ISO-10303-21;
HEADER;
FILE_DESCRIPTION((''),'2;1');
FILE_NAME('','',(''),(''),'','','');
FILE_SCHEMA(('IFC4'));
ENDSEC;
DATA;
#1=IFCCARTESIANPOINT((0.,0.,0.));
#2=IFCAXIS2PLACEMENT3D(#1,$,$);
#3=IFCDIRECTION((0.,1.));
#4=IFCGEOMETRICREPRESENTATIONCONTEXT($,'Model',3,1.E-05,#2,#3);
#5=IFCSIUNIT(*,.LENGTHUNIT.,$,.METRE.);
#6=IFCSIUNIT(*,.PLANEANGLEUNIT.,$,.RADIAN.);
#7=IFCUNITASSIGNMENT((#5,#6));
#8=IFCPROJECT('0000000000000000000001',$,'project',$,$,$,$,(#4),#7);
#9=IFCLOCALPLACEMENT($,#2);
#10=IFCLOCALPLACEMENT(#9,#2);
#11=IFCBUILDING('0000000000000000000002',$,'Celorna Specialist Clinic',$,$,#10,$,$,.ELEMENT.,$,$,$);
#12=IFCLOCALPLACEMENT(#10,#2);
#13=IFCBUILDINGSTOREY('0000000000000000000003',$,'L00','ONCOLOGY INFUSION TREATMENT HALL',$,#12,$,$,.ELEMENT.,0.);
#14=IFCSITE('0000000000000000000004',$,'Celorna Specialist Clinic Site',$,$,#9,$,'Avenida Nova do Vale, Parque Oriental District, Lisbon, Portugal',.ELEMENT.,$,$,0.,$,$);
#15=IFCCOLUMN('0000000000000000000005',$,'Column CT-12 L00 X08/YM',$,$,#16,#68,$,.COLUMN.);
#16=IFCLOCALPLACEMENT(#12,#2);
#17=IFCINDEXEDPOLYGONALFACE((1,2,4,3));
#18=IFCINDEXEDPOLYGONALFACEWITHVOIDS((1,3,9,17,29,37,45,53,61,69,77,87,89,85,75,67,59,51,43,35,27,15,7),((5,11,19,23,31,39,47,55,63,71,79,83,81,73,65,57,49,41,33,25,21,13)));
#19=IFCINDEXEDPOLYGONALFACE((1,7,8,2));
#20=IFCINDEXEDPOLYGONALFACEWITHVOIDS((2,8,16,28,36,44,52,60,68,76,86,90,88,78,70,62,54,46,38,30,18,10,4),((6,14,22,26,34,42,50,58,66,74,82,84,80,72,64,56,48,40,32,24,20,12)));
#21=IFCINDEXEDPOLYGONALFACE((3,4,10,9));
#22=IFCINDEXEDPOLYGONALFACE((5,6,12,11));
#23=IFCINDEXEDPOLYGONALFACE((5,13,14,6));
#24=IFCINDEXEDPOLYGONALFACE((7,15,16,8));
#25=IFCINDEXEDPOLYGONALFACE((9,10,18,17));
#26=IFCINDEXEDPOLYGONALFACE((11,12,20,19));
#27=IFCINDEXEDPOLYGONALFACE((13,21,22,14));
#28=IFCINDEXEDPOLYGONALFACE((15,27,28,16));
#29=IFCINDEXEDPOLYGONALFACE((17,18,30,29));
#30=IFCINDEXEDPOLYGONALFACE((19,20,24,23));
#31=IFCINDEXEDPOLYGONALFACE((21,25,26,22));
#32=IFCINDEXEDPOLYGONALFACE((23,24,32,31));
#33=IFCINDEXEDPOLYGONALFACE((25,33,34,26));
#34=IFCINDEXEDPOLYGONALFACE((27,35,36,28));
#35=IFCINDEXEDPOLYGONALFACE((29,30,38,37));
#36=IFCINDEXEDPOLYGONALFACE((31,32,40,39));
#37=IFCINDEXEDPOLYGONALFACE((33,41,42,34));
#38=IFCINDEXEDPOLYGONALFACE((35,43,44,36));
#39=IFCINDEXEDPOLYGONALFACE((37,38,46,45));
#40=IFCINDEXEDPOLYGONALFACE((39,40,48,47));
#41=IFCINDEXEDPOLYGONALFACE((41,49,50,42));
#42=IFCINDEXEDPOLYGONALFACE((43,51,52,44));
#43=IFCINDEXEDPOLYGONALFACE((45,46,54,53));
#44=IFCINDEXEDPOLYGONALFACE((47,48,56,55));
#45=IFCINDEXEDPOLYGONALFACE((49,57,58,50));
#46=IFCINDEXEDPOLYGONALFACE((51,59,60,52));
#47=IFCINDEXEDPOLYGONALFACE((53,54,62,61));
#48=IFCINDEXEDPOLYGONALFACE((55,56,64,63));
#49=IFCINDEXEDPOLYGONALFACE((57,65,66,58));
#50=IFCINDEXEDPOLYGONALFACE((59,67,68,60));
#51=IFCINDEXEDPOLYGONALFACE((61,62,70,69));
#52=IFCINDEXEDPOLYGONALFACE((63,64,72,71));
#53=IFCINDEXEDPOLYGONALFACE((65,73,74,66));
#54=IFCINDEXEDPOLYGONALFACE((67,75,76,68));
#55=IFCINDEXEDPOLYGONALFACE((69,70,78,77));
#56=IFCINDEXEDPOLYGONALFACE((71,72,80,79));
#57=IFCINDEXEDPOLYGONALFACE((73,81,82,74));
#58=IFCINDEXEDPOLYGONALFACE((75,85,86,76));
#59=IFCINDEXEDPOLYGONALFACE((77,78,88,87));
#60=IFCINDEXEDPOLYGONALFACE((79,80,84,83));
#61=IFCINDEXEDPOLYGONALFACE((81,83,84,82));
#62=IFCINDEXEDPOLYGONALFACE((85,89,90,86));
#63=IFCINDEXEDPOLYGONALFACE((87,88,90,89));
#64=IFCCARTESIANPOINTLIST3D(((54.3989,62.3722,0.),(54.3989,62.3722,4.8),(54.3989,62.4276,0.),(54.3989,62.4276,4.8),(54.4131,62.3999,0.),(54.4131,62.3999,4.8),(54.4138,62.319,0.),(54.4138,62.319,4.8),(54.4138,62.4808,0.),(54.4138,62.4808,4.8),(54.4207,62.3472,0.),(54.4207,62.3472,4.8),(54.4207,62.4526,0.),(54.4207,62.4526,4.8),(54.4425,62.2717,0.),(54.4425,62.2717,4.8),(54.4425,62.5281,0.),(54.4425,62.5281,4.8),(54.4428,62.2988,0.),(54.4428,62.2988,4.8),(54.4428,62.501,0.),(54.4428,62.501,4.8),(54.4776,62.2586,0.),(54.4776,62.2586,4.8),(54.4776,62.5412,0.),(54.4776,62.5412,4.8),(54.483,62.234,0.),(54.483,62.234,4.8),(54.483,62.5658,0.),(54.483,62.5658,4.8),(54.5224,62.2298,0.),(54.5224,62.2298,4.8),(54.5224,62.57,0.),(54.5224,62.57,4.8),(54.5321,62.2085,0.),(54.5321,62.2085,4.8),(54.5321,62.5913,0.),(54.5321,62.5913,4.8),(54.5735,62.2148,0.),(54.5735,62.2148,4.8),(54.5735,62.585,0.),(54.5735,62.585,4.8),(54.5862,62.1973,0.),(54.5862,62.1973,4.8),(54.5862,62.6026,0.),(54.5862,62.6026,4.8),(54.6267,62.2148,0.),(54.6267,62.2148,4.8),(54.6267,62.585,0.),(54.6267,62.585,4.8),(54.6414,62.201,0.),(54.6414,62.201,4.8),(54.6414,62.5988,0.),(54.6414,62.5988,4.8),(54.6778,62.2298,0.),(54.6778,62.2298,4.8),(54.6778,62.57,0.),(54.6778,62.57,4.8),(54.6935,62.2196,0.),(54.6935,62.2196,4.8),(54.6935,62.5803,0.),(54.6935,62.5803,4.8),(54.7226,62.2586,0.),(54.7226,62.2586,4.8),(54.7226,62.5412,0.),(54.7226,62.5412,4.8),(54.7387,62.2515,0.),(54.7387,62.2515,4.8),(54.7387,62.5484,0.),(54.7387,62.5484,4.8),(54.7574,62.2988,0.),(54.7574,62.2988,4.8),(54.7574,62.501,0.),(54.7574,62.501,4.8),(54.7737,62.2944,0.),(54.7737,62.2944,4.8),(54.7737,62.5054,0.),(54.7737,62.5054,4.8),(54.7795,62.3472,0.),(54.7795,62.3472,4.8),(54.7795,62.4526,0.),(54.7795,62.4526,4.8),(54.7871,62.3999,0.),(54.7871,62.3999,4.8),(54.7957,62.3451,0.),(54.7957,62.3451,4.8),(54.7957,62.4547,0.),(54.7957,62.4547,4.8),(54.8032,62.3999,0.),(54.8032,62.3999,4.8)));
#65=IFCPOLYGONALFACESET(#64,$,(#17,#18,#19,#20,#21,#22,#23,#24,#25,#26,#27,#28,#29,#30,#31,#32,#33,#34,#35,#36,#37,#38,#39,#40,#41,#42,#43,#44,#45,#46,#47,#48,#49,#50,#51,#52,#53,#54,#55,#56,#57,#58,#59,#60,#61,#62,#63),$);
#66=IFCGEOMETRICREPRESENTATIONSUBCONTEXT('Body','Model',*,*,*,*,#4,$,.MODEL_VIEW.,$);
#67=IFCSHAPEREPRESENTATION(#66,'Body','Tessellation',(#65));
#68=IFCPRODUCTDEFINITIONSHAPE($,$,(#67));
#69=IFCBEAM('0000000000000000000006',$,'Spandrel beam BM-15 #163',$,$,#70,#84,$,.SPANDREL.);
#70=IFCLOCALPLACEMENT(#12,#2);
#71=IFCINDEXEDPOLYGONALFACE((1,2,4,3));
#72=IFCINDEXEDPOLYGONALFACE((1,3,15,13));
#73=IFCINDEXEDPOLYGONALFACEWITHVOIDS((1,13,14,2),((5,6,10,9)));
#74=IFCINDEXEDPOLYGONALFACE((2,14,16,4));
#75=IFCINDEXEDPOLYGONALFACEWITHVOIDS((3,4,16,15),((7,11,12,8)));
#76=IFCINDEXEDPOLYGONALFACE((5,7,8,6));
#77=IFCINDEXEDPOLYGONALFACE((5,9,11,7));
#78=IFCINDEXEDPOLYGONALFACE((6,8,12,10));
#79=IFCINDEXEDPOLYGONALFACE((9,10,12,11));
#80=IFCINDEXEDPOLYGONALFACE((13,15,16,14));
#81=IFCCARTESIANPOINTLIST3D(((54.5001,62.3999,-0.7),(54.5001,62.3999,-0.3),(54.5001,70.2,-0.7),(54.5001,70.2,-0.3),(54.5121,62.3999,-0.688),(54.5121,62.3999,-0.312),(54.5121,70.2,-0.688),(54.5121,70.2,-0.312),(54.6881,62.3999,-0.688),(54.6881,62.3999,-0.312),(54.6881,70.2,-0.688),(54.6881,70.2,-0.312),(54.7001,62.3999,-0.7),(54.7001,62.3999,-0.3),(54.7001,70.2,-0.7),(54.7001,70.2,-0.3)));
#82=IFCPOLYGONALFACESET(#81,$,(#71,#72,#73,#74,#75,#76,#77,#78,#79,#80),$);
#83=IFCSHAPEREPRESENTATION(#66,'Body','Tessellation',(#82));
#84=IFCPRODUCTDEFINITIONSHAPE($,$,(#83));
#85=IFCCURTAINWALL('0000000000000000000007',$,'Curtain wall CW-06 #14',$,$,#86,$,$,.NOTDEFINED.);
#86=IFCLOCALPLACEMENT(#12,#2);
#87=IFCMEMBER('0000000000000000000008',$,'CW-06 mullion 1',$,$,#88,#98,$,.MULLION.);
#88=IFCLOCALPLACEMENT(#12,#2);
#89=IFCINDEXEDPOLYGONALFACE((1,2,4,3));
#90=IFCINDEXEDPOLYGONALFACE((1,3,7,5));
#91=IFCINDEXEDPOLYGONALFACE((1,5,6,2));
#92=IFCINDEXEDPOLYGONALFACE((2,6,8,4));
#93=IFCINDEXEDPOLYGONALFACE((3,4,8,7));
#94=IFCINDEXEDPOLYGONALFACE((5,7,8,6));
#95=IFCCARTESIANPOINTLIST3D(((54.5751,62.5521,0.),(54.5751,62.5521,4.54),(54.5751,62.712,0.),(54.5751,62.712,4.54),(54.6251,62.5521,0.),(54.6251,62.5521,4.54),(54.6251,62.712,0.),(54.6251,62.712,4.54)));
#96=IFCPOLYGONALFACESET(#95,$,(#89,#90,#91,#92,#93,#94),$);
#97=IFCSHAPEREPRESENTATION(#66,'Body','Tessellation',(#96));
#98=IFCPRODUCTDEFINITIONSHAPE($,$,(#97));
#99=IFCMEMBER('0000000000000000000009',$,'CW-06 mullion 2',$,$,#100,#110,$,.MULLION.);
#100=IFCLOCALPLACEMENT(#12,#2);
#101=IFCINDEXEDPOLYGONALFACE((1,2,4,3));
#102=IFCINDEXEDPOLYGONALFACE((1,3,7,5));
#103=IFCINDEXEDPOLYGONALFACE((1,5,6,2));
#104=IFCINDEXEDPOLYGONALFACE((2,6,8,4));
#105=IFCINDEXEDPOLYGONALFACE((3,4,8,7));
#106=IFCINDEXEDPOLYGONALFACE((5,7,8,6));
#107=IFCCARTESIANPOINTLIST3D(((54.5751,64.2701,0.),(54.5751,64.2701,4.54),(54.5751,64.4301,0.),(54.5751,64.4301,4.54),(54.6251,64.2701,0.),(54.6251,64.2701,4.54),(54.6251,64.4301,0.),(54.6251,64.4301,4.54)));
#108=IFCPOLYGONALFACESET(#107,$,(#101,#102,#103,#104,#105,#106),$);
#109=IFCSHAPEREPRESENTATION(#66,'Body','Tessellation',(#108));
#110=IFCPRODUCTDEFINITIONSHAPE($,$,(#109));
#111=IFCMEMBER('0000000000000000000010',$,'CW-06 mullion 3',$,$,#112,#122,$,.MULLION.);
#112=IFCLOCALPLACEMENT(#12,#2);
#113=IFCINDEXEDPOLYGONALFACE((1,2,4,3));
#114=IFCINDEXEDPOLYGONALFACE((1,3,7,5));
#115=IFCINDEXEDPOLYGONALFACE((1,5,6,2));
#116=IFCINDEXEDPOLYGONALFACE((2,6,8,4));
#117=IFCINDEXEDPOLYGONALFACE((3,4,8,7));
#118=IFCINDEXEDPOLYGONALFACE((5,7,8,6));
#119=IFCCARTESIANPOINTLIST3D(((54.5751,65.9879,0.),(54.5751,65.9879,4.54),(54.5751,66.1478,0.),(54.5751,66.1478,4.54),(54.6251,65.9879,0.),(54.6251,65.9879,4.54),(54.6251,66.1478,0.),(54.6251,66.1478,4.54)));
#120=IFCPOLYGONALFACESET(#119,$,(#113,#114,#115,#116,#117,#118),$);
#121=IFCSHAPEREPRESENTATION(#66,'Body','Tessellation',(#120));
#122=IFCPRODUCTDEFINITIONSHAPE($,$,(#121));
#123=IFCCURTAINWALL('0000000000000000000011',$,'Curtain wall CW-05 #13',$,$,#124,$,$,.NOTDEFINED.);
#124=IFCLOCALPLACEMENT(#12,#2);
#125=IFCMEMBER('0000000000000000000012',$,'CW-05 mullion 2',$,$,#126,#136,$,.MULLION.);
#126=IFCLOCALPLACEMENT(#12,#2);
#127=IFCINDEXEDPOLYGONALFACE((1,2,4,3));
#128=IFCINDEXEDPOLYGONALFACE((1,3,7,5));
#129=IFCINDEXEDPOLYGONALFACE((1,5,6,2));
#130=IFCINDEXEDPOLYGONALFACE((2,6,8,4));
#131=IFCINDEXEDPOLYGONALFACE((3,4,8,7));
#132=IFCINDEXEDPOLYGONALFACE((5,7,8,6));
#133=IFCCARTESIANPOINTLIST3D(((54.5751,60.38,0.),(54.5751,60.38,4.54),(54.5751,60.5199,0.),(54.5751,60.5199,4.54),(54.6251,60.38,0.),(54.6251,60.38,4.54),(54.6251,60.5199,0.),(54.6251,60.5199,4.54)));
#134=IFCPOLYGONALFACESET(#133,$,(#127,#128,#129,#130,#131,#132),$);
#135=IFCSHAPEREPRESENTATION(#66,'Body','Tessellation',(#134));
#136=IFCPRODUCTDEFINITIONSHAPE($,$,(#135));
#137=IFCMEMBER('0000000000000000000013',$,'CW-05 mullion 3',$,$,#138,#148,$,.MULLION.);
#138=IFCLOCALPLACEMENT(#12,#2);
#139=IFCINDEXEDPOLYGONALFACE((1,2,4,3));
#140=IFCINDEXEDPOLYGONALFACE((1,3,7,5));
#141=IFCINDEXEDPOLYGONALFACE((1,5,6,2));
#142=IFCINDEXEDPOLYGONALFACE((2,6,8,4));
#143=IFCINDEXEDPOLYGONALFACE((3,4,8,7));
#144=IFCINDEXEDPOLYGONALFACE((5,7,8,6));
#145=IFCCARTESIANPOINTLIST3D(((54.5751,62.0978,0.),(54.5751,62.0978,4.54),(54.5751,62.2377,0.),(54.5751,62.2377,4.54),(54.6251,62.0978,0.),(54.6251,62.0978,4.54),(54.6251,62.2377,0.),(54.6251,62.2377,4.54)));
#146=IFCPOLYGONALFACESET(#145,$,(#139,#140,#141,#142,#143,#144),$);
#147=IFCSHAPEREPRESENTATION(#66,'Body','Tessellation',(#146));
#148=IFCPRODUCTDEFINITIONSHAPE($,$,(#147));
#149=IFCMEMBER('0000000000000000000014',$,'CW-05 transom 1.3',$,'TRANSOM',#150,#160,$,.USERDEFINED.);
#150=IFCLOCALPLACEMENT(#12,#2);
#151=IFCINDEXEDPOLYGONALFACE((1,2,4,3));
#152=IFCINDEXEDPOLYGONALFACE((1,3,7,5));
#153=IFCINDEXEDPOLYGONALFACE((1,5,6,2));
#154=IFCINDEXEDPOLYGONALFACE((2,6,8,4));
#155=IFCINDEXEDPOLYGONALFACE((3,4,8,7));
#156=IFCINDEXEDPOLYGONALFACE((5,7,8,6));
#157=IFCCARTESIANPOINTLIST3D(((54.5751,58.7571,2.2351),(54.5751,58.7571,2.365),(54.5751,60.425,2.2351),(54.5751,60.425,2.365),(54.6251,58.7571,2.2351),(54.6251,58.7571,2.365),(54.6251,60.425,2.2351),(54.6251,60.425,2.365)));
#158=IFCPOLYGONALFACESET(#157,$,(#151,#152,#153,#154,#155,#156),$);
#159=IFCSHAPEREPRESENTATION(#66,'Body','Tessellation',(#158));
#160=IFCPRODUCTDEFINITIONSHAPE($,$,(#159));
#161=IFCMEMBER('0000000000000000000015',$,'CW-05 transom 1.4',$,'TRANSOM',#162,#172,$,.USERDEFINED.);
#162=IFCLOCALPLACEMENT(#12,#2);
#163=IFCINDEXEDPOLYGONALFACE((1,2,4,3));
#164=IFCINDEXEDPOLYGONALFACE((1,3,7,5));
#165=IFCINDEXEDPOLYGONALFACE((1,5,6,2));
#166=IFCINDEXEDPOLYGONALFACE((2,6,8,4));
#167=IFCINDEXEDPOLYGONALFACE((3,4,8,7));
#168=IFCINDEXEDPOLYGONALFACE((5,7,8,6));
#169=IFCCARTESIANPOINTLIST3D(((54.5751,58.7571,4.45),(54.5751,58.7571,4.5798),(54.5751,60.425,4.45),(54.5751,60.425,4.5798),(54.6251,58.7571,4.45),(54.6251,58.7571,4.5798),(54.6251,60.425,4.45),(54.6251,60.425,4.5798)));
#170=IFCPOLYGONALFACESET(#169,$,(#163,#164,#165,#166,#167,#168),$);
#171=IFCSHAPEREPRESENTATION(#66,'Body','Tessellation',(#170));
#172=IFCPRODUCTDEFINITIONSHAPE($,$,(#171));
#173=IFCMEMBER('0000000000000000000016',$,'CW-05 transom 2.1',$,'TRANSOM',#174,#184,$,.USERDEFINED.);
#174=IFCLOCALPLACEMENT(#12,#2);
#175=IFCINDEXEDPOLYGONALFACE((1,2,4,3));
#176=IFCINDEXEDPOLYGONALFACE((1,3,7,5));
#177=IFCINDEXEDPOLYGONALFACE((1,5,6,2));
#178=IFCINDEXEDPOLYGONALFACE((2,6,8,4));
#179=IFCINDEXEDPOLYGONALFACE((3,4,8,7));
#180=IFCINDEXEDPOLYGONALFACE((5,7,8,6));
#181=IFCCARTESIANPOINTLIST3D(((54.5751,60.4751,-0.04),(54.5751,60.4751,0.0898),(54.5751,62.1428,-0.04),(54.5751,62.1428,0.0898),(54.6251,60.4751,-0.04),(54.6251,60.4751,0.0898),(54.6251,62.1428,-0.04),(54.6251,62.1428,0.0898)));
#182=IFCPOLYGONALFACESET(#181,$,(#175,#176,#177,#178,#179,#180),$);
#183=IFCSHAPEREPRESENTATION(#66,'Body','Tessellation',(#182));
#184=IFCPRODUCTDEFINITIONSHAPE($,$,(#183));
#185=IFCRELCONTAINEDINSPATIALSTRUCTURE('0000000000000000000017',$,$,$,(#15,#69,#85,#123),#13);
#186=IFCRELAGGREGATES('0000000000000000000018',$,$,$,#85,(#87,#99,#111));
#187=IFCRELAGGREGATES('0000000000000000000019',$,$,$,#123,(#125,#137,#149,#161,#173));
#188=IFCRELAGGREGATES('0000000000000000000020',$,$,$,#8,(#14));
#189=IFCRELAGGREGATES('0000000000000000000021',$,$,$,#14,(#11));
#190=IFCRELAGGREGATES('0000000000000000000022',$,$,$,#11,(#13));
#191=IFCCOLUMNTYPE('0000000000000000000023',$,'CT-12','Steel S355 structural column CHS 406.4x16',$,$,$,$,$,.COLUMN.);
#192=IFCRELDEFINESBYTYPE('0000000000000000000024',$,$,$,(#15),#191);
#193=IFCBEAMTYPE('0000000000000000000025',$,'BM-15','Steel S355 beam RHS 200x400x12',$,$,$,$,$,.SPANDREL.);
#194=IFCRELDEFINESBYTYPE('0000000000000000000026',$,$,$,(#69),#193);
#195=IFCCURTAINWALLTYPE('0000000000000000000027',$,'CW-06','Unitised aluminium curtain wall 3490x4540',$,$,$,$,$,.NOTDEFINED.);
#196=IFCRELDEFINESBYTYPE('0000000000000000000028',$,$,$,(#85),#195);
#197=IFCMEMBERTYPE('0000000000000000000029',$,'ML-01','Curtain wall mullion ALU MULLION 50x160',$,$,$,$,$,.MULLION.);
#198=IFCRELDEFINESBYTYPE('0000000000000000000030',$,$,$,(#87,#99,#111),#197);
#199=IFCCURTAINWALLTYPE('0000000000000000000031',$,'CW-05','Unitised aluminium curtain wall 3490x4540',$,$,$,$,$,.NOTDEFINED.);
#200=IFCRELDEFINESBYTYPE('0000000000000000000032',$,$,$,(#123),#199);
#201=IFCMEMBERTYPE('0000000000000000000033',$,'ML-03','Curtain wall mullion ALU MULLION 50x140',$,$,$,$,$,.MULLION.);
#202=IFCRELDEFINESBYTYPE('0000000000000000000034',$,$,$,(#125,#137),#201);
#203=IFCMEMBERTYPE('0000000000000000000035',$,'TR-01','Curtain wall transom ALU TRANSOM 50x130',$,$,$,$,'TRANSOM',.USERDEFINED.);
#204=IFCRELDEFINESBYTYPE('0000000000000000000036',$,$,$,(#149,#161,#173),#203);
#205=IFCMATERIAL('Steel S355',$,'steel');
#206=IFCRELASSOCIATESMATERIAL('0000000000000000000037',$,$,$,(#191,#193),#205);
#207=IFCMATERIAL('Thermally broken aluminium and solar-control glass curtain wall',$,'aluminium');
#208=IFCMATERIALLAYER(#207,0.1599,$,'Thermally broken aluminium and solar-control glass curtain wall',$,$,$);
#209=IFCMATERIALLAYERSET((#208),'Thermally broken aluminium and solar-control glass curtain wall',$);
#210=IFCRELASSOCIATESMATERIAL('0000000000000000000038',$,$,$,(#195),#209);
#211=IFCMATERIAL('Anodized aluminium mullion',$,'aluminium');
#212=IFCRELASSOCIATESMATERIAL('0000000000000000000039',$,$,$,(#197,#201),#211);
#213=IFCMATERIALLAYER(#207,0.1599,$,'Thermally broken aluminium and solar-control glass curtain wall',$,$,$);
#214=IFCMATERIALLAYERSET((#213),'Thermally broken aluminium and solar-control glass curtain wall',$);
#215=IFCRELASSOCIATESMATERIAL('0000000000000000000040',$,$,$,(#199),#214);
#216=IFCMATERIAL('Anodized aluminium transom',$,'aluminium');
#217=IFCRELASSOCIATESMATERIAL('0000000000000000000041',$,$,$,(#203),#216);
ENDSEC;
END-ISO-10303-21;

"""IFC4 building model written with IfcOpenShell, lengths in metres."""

from ifc_helpers import new_model, si_unit, direction, frame, origin, origin_2d, place, context, subcontext, project, spatial, rectangle, hollow_rectangle, hollow_circle, extrude, material, layer, layer_set, material_profile, profile_set, type_object, element, aggregate, save


model = new_model("IFC4")

# Units and contexts
model_context = context("Model", 3, precision=1e-05, world=origin(), true_north=direction((0.0, 1.0)))
body_context = subcontext(model_context, "Body", "Model", "MODEL_VIEW")
ifc_project = project(units=[si_unit("LENGTHUNIT", "METRE"), si_unit("PLANEANGLEUNIT", "RADIAN")], contexts=[model_context])

# Site, building, storey
site_placement = place(None, origin())
site = spatial("IfcSite", under=ifc_project, at=site_placement, Name="Celorna Specialist Clinic Site", LongName="Avenida Nova do Vale, Parque Oriental District, Lisbon, Portugal", CompositionType="ELEMENT", RefElevation=0.0)
building_placement = place(site_placement, origin())
building = spatial("IfcBuilding", under=site, at=building_placement, Name="Celorna Specialist Clinic", CompositionType="ELEMENT")
storey_placement = place(building_placement, origin())
storey = spatial("IfcBuildingStorey", under=building, at=storey_placement, Name="L00", Description="ONCOLOGY INFUSION TREATMENT HALL", CompositionType="ELEMENT", Elevation=0.0)

# Column
ifc_material_1 = material(Name="Steel S355", Category="steel")
ifc_material_profile_1 = material_profile(ifc_material_1, hollow_circle(Radius=0.2031, WallThickness=0.0161, at=origin_2d()), Name="CHS 406.4x16")
ifc_profile_set_1 = profile_set([ifc_material_profile_1], Name="Steel S355")
column_type = type_object("IfcColumnType", Name="CT-12", Description="Steel S355 structural column CHS 406.4x16", PredefinedType="COLUMN", material=ifc_profile_set_1)
column_placement = place(storey_placement, frame((54.6001, 62.3999, 0.0), z_axis=(0.0, 0.0, 1.0), x_axis=(1.0, 0.0, 0.0)))
element("IfcColumn", 1, at=column_placement, inside=storey, type_object=column_type, Name="Column CT-12 L00 X08/YM", PredefinedType="COLUMN", context=body_context, shape_type="SweptSolid", body=[
    extrude(hollow_circle(Radius=0.2031, WallThickness=0.0161, at=origin_2d()), origin(), (0.0, 0.0, 1.0), 4.8),
])

# Beam
ifc_material_profile_2 = material_profile(ifc_material_1, hollow_rectangle(XDim=0.2, YDim=0.3999, WallThickness=0.012, at=origin_2d()), Name="RHS 200x400x12")
ifc_profile_set_2 = profile_set([ifc_material_profile_2], Name="Steel S355")
beam_type = type_object("IfcBeamType", Name="BM-15", Description="Steel S355 beam RHS 200x400x12", PredefinedType="SPANDREL", material=ifc_profile_set_2)
beam_placement = place(storey_placement, frame((54.6001, 62.3999, -0.5), z_axis=(0.0, 1.0, 0.0), x_axis=(-1.0, 0.0, 0.0)))
element("IfcBeam", 2, at=beam_placement, inside=storey, type_object=beam_type, Name="Spandrel beam BM-15 #163", PredefinedType="SPANDREL", context=body_context, shape_type="SweptSolid", body=[
    extrude(hollow_rectangle(XDim=0.2, YDim=0.3999, WallThickness=0.012, at=origin_2d()), origin(), (0.0, 0.0, 1.0), 7.8),
])

# Curtain walls, members
ifc_material_2 = material(Name="Thermally broken aluminium and solar-control glass curtain wall", Category="aluminium")
ifc_layer_1 = layer(ifc_material_2, 0.1599, Name="Thermally broken aluminium and solar-control glass curtain wall")
ifc_layer_set_1 = layer_set([ifc_layer_1], Name="Thermally broken aluminium and solar-control glass curtain wall")
curtain_wall_type_1 = type_object("IfcCurtainWallType", Name="CW-06", Description="Unitised aluminium curtain wall 3490x4540", PredefinedType="NOTDEFINED", material=ifc_layer_set_1)
curtain_wall_1_placement = place(storey_placement, origin())
curtain_wall_1 = element("IfcCurtainWall", 3, at=curtain_wall_1_placement, inside=storey, type_object=curtain_wall_type_1, Name="Curtain wall CW-06 #14", PredefinedType="NOTDEFINED")
ifc_material_3 = material(Name="Anodized aluminium mullion", Category="aluminium")
ifc_material_profile_3 = material_profile(ifc_material_3, rectangle(XDim=0.05, YDim=0.1599, at=origin_2d()), Name="ALU MULLION 50x160")
ifc_profile_set_3 = profile_set([ifc_material_profile_3], Name="Anodized aluminium mullion")
member_type_1 = type_object("IfcMemberType", Name="ML-01", Description="Curtain wall mullion ALU MULLION 50x160", PredefinedType="MULLION", material=ifc_profile_set_3)
member_1_placement = place(storey_placement, frame((54.6001, 62.6321, 0.0), z_axis=(0.0, 0.0, 1.0), x_axis=(-1.0, 0.0, 0.0)))
member_1 = element("IfcMember", 4, at=member_1_placement, type_object=member_type_1, Name="CW-06 mullion 1", PredefinedType="MULLION", context=body_context, shape_type="SweptSolid", body=[
    extrude(rectangle(XDim=0.05, YDim=0.1599, at=origin_2d()), origin(), (0.0, 0.0, 1.0), 4.54),
])
member_2_placement = place(storey_placement, frame((54.6001, 64.3501, 0.0), z_axis=(0.0, 0.0, 1.0), x_axis=(-1.0, 0.0, 0.0)))
member_2 = element("IfcMember", 5, at=member_2_placement, type_object=member_type_1, Name="CW-06 mullion 2", PredefinedType="MULLION", context=body_context, shape_type="SweptSolid", body=[
    extrude(rectangle(XDim=0.05, YDim=0.1599, at=origin_2d()), origin(), (0.0, 0.0, 1.0), 4.54),
])
member_3_placement = place(storey_placement, frame((54.6001, 66.0679, 0.0), z_axis=(0.0, 0.0, 1.0), x_axis=(-1.0, 0.0, 0.0)))
member_3 = element("IfcMember", 6, at=member_3_placement, type_object=member_type_1, Name="CW-06 mullion 3", PredefinedType="MULLION", context=body_context, shape_type="SweptSolid", body=[
    extrude(rectangle(XDim=0.05, YDim=0.1599, at=origin_2d()), origin(), (0.0, 0.0, 1.0), 4.54),
])
ifc_layer_2 = layer(ifc_material_2, 0.1599, Name="Thermally broken aluminium and solar-control glass curtain wall")
ifc_layer_set_2 = layer_set([ifc_layer_2], Name="Thermally broken aluminium and solar-control glass curtain wall")
curtain_wall_type_2 = type_object("IfcCurtainWallType", Name="CW-05", Description="Unitised aluminium curtain wall 3490x4540", PredefinedType="NOTDEFINED", material=ifc_layer_set_2)
curtain_wall_2_placement = place(storey_placement, origin())
curtain_wall_2 = element("IfcCurtainWall", 7, at=curtain_wall_2_placement, inside=storey, type_object=curtain_wall_type_2, Name="Curtain wall CW-05 #13", PredefinedType="NOTDEFINED")
ifc_material_profile_4 = material_profile(ifc_material_3, rectangle(XDim=0.05, YDim=0.1399, at=origin_2d()), Name="ALU MULLION 50x140")
ifc_profile_set_4 = profile_set([ifc_material_profile_4], Name="Anodized aluminium mullion")
member_type_2 = type_object("IfcMemberType", Name="ML-03", Description="Curtain wall mullion ALU MULLION 50x140", PredefinedType="MULLION", material=ifc_profile_set_4)
member_4_placement = place(storey_placement, frame((54.6001, 60.45, 0.0), z_axis=(0.0, 0.0, 1.0), x_axis=(-1.0, 0.0, 0.0)))
member_4 = element("IfcMember", 8, at=member_4_placement, type_object=member_type_2, Name="CW-05 mullion 2", PredefinedType="MULLION", context=body_context, shape_type="SweptSolid", body=[
    extrude(rectangle(XDim=0.05, YDim=0.1399, at=origin_2d()), origin(), (0.0, 0.0, 1.0), 4.54),
])
member_5_placement = place(storey_placement, frame((54.6001, 62.1677, 0.0), z_axis=(0.0, 0.0, 1.0), x_axis=(-1.0, 0.0, 0.0)))
member_5 = element("IfcMember", 9, at=member_5_placement, type_object=member_type_2, Name="CW-05 mullion 3", PredefinedType="MULLION", context=body_context, shape_type="SweptSolid", body=[
    extrude(rectangle(XDim=0.05, YDim=0.1399, at=origin_2d()), origin(), (0.0, 0.0, 1.0), 4.54),
])
ifc_material_4 = material(Name="Anodized aluminium transom", Category="aluminium")
ifc_material_profile_5 = material_profile(ifc_material_4, rectangle(XDim=0.05, YDim=0.1299, at=origin_2d()), Name="ALU TRANSOM 50x130")
ifc_profile_set_5 = profile_set([ifc_material_profile_5], Name="Anodized aluminium transom")
member_type_3 = type_object("IfcMemberType", Name="TR-01", Description="Curtain wall transom ALU TRANSOM 50x130", ElementType="TRANSOM", PredefinedType="USERDEFINED", material=ifc_profile_set_5)
member_6_placement = place(storey_placement, frame((54.6001, 58.7571, 2.3), z_axis=(0.0, 1.0, 0.0), x_axis=(-1.0, 0.0, 0.0)))
member_6 = element("IfcMember", 10, at=member_6_placement, type_object=member_type_3, Name="CW-05 transom 1.3", ObjectType="TRANSOM", PredefinedType="USERDEFINED", context=body_context, shape_type="SweptSolid", body=[
    extrude(rectangle(XDim=0.05, YDim=0.1299, at=origin_2d()), origin(), (0.0, 0.0, 1.0), 1.668),
])
member_7_placement = place(storey_placement, frame((54.6001, 58.7571, 4.5149), z_axis=(0.0, 1.0, 0.0), x_axis=(-1.0, 0.0, 0.0)))
member_7 = element("IfcMember", 11, at=member_7_placement, type_object=member_type_3, Name="CW-05 transom 1.4", ObjectType="TRANSOM", PredefinedType="USERDEFINED", context=body_context, shape_type="SweptSolid", body=[
    extrude(rectangle(XDim=0.05, YDim=0.1299, at=origin_2d()), origin(), (0.0, 0.0, 1.0), 1.668),
])
member_8_placement = place(storey_placement, frame((54.6001, 60.4751, 0.0249), z_axis=(0.0, 1.0, 0.0), x_axis=(-1.0, 0.0, 0.0)))
member_8 = element("IfcMember", 12, at=member_8_placement, type_object=member_type_3, Name="CW-05 transom 2.1", ObjectType="TRANSOM", PredefinedType="USERDEFINED", context=body_context, shape_type="SweptSolid", body=[
    extrude(rectangle(XDim=0.05, YDim=0.1299, at=origin_2d()), origin(), (0.0, 0.0, 1.0), 1.6677),
])

aggregate(curtain_wall_1, [member_1, member_2, member_3])
aggregate(curtain_wall_2, [member_4, member_5, member_6, member_7, member_8])

save(model, "model.ifc")
